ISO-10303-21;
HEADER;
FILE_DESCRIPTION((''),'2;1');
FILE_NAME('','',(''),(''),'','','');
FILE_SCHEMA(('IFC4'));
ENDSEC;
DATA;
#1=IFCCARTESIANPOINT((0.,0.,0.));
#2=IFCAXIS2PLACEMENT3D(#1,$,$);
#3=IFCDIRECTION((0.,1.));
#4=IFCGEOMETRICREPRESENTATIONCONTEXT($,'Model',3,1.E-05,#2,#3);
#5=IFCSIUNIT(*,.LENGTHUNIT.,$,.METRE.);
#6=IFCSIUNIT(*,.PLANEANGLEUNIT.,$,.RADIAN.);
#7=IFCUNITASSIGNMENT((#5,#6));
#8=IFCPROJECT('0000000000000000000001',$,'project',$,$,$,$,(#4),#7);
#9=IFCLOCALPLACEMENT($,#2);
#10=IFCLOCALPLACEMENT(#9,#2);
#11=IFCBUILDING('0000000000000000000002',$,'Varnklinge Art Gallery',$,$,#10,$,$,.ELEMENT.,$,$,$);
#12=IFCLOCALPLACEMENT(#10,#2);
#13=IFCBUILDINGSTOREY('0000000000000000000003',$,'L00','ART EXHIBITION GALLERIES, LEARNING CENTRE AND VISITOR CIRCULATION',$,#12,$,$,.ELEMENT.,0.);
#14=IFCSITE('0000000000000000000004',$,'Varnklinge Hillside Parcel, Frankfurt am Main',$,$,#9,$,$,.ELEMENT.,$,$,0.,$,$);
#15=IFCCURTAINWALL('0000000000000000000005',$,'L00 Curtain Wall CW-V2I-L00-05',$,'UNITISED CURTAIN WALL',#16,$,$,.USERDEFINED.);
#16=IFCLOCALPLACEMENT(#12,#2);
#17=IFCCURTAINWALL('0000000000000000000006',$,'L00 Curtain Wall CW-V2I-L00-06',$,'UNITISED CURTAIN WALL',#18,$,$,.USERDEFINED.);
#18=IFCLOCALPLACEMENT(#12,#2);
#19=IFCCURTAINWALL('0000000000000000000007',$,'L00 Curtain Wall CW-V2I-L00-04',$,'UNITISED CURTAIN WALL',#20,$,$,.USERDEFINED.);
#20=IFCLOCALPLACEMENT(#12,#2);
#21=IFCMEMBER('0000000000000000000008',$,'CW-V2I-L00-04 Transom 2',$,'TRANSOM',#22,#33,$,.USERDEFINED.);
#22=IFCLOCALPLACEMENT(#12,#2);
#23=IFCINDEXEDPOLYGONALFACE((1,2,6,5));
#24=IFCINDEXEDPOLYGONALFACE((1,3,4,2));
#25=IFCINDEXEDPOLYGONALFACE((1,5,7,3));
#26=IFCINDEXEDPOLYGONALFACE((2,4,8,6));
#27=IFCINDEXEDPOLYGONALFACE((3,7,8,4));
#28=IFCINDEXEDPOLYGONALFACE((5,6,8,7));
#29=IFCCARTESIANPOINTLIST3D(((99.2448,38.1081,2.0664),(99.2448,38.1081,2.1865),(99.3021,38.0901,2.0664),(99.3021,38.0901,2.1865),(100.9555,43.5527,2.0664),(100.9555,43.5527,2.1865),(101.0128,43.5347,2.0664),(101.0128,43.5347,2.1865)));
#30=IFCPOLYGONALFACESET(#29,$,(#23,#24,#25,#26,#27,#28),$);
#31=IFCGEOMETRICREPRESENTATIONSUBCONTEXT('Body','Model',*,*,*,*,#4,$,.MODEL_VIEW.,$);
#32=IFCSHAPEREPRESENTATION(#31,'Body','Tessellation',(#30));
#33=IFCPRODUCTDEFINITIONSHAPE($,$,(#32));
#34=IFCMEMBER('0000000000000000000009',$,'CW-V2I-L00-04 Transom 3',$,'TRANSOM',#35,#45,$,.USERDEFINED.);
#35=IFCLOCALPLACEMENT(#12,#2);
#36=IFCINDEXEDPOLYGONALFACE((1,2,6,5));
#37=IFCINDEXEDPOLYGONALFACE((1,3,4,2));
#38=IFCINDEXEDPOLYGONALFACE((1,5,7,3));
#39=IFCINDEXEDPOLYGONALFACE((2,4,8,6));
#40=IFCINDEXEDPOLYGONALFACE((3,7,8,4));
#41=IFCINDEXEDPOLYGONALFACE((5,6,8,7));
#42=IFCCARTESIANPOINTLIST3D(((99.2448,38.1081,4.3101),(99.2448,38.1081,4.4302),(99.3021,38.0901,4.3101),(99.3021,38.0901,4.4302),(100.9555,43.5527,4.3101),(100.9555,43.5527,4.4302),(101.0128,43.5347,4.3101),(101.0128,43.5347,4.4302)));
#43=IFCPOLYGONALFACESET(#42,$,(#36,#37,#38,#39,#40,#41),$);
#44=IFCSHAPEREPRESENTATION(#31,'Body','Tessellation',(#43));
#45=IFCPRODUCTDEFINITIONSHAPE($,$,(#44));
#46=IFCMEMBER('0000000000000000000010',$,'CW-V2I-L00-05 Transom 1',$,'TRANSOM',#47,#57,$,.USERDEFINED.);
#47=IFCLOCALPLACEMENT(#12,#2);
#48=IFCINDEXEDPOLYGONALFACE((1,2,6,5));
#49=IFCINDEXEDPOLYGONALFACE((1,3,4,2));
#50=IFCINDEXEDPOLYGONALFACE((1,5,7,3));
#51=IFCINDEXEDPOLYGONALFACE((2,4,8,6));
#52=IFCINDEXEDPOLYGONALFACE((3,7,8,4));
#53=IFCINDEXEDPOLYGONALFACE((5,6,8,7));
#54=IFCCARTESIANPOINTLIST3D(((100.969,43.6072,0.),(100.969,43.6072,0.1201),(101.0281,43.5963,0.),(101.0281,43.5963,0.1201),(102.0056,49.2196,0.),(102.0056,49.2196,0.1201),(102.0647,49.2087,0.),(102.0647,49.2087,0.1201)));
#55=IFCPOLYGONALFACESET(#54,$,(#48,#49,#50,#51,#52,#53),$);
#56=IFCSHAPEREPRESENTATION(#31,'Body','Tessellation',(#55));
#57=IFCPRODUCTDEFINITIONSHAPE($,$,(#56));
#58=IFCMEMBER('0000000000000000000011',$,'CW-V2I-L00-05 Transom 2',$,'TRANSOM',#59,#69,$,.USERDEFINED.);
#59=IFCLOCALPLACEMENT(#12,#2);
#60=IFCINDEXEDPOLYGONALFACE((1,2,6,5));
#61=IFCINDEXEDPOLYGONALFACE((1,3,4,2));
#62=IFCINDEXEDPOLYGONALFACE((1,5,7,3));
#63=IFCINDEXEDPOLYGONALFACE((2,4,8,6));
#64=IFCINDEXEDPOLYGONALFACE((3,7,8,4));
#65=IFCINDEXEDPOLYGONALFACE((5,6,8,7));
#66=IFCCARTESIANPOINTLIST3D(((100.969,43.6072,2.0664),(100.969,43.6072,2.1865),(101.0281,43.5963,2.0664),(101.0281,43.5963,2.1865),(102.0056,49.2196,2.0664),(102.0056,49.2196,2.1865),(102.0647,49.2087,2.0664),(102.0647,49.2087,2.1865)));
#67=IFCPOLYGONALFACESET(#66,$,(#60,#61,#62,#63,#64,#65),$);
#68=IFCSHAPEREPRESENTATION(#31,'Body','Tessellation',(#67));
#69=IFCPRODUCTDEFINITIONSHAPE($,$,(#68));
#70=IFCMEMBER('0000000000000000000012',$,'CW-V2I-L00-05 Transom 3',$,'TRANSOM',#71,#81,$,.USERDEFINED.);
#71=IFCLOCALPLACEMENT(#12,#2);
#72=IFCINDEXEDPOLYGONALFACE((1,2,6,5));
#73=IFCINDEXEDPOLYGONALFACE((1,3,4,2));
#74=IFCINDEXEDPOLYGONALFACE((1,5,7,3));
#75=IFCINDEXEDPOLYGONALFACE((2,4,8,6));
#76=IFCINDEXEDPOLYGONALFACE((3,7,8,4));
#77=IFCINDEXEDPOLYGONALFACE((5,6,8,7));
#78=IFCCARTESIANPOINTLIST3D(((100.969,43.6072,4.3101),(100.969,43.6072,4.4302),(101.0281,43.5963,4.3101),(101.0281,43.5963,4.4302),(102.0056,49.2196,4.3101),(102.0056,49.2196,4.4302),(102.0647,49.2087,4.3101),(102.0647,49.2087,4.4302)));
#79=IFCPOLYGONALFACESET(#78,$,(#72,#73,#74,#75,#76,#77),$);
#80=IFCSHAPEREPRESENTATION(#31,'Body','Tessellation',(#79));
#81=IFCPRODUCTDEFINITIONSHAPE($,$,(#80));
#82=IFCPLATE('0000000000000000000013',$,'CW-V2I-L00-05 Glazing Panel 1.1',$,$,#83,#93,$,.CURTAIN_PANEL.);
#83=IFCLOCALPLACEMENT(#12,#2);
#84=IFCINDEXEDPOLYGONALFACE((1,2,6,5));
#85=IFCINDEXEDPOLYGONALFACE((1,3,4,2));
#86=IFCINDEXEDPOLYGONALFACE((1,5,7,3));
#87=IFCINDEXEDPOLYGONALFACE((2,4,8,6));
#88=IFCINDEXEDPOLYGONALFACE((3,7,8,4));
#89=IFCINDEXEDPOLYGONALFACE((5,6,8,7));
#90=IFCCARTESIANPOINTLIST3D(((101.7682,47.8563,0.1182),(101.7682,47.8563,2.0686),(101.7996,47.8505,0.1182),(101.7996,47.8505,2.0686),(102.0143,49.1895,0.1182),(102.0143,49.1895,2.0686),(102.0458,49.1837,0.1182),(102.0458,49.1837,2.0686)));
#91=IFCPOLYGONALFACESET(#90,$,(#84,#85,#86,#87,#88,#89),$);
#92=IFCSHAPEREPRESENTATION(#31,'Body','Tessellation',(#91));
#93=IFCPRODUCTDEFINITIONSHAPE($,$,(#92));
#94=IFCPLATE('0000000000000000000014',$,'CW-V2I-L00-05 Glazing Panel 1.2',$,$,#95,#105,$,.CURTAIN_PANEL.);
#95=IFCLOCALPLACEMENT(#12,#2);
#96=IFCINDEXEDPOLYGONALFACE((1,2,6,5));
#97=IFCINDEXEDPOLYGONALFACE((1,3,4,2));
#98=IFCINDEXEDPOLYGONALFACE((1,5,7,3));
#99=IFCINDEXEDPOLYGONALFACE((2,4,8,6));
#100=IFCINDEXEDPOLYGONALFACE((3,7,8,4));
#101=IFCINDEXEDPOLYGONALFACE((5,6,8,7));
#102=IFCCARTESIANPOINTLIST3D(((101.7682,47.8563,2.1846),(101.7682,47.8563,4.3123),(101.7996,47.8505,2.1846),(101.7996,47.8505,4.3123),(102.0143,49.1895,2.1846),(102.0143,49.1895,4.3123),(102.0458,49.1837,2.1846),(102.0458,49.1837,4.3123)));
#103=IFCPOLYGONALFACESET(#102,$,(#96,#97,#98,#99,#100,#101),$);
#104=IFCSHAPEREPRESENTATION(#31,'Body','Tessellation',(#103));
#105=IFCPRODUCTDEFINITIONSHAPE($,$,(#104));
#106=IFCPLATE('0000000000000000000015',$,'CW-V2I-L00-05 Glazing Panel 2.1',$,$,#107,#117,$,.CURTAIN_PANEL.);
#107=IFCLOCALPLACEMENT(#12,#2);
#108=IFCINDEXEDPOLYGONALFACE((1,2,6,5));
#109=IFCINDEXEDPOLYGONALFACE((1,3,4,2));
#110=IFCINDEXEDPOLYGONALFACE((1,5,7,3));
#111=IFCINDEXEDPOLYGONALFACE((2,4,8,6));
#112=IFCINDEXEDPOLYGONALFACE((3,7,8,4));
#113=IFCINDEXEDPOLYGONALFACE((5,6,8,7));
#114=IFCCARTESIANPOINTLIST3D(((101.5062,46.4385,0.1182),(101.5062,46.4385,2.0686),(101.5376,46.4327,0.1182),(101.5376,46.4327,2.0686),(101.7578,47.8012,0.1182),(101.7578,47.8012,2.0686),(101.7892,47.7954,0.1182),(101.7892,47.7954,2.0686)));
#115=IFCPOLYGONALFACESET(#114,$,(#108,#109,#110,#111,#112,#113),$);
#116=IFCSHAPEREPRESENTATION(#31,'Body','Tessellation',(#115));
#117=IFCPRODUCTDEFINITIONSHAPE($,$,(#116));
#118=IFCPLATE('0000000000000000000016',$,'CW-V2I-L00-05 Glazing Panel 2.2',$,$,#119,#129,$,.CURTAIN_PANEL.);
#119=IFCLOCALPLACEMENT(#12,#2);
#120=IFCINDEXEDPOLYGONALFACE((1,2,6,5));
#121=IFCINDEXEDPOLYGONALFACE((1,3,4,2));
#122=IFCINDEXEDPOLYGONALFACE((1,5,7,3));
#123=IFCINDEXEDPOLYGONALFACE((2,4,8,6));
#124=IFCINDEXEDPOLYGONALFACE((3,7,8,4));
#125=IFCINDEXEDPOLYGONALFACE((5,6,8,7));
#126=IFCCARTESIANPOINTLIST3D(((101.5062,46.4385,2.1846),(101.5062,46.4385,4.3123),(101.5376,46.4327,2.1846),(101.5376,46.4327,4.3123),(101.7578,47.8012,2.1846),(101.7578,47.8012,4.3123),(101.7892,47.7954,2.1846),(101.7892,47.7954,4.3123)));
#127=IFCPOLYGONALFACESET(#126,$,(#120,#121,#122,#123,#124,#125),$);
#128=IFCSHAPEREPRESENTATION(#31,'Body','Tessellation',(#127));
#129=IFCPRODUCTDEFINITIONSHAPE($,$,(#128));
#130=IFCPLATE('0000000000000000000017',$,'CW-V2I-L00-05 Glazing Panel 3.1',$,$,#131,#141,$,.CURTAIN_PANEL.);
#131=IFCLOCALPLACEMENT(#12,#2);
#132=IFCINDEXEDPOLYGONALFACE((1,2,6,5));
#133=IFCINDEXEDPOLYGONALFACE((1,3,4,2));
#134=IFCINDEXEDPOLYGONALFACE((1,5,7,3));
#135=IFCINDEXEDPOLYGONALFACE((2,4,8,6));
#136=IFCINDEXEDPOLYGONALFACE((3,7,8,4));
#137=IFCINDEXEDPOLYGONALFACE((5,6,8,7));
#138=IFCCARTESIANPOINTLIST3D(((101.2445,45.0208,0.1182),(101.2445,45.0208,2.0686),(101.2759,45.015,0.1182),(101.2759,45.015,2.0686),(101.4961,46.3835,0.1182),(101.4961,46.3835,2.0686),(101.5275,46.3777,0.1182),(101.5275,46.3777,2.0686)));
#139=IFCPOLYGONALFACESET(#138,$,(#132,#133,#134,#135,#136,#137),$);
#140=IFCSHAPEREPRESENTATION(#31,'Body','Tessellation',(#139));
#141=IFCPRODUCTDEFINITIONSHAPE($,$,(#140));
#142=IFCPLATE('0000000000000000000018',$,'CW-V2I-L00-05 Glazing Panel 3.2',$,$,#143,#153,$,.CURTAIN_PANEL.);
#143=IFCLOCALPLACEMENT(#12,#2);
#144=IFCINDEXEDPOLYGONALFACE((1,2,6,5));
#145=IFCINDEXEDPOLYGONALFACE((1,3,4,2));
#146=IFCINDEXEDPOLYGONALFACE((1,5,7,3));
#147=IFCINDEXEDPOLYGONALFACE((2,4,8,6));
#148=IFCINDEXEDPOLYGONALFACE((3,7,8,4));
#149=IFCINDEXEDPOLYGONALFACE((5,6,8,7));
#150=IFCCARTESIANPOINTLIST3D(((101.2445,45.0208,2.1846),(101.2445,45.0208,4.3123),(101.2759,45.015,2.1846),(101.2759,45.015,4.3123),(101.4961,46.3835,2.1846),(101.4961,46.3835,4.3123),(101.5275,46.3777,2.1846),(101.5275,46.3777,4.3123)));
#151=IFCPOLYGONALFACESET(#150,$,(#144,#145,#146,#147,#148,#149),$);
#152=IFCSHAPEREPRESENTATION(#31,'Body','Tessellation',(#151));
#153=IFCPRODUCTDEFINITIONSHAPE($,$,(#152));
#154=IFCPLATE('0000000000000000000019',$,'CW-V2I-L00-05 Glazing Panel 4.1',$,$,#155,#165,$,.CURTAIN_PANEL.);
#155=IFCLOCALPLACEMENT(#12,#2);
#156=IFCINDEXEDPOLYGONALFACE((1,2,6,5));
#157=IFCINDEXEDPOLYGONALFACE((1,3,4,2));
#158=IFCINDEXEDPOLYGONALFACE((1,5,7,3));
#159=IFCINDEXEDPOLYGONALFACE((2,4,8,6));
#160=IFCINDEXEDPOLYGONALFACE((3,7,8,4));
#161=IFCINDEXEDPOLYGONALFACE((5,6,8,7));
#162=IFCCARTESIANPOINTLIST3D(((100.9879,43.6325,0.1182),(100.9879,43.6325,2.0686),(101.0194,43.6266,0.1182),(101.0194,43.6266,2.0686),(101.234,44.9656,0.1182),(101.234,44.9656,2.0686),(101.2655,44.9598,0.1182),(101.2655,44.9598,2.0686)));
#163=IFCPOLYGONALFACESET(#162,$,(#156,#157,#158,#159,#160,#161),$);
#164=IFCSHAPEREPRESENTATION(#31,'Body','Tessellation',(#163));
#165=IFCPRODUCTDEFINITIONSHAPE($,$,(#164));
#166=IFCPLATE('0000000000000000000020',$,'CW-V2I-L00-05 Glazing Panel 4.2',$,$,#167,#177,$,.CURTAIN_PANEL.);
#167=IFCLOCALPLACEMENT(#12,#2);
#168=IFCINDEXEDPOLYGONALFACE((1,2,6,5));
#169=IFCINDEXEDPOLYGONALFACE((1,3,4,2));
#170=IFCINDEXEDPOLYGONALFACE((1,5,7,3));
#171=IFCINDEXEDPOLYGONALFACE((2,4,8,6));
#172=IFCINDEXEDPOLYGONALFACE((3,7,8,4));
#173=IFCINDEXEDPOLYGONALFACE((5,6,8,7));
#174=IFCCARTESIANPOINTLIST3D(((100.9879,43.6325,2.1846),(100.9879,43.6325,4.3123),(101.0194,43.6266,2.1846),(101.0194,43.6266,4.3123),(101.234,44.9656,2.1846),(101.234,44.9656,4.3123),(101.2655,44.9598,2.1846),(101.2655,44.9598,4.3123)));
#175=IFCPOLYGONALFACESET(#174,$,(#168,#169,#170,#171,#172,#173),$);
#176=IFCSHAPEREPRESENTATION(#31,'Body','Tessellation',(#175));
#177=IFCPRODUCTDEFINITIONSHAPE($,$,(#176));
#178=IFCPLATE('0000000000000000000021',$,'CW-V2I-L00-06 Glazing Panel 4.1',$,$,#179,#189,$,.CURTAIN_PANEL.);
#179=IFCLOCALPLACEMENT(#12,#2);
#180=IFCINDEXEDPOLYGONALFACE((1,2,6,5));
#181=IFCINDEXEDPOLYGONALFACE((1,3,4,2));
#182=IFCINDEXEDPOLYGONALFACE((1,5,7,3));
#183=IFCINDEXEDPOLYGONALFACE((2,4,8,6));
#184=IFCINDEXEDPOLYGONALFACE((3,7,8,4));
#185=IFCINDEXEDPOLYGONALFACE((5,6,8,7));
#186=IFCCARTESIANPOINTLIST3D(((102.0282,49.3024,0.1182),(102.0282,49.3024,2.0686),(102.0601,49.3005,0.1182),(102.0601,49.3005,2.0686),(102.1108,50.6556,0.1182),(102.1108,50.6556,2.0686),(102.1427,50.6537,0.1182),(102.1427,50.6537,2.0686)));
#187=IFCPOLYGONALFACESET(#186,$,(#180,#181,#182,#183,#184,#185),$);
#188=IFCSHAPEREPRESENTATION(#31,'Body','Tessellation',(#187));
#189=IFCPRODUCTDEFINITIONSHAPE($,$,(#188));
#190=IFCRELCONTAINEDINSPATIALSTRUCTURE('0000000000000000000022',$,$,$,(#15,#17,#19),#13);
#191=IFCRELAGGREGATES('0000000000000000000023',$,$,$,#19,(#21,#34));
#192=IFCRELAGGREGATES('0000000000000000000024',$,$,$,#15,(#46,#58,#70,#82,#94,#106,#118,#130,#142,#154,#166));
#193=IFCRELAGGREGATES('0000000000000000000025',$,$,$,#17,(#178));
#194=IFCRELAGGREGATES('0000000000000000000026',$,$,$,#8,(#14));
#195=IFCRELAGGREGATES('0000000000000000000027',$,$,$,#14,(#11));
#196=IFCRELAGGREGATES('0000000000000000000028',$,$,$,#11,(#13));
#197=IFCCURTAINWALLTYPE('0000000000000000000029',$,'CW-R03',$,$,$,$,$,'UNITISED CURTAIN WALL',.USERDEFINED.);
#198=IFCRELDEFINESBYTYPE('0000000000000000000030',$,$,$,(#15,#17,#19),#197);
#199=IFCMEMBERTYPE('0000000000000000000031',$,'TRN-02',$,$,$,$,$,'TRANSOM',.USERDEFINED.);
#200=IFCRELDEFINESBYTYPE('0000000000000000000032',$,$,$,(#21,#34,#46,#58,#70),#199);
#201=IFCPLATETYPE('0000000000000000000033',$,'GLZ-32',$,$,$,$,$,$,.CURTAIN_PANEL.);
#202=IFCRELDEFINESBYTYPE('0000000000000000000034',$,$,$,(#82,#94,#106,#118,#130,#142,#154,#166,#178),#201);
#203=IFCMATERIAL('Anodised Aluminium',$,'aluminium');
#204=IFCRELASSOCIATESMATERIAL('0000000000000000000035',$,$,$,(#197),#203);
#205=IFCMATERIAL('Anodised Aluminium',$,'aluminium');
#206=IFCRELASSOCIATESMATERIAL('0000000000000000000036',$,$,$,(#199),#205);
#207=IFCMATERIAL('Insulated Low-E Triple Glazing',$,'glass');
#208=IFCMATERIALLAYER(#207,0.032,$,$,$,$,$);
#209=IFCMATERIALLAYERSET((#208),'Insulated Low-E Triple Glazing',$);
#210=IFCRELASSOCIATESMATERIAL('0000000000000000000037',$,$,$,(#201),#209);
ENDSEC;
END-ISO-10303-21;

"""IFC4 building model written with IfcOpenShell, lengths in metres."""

from ifc_helpers import new_model, si_unit, direction, frame, origin, origin_2d, place, context, subcontext, project, spatial, rectangle, extrude, material, layer, layer_set, material_profile, profile_set, type_object, element, aggregate, save


model = new_model("IFC4")

# Units and contexts
model_context = context("Model", 3, precision=1e-05, world=origin(), true_north=direction((0.0, 1.0)))
body_context = subcontext(model_context, "Body", "Model", "MODEL_VIEW")
ifc_project = project(units=[si_unit("LENGTHUNIT", "METRE"), si_unit("PLANEANGLEUNIT", "RADIAN")], contexts=[model_context])

# Site, building, storey
site_placement = place(None, origin())
site = spatial("IfcSite", under=ifc_project, at=site_placement, Name="Varnklinge Hillside Parcel, Frankfurt am Main", CompositionType="ELEMENT", RefElevation=0.0)
building_placement = place(site_placement, origin())
building = spatial("IfcBuilding", under=site, at=building_placement, Name="Varnklinge Art Gallery", CompositionType="ELEMENT")
storey_placement = place(building_placement, origin())
storey = spatial("IfcBuildingStorey", under=building, at=storey_placement, Name="L00", Description="ART EXHIBITION GALLERIES, LEARNING CENTRE AND VISITOR CIRCULATION", CompositionType="ELEMENT", Elevation=0.0)

# Curtain wall
ifc_material_1 = material(Name="Anodised Aluminium", Category="aluminium")
curtain_wall_type = type_object("IfcCurtainWallType", Name="CW-R03", ElementType="UNITISED CURTAIN WALL", PredefinedType="USERDEFINED", material=ifc_material_1)
curtain_wall_1_placement = place(storey_placement, origin())
curtain_wall_1 = element("IfcCurtainWall", 1, at=curtain_wall_1_placement, inside=storey, type_object=curtain_wall_type, Name="L00 Curtain Wall CW-V2I-L00-05", ObjectType="UNITISED CURTAIN WALL", PredefinedType="USERDEFINED")

# Curtain wall
curtain_wall_2_placement = place(storey_placement, origin())
curtain_wall_2 = element("IfcCurtainWall", 2, at=curtain_wall_2_placement, inside=storey, type_object=curtain_wall_type, Name="L00 Curtain Wall CW-V2I-L00-06", ObjectType="UNITISED CURTAIN WALL", PredefinedType="USERDEFINED")

# Curtain wall, members
curtain_wall_3_placement = place(storey_placement, origin())
curtain_wall_3 = element("IfcCurtainWall", 3, at=curtain_wall_3_placement, inside=storey, type_object=curtain_wall_type, Name="L00 Curtain Wall CW-V2I-L00-04", ObjectType="UNITISED CURTAIN WALL", PredefinedType="USERDEFINED")
ifc_material_2 = material(Name="Anodised Aluminium", Category="aluminium")
ifc_material_profile_1 = material_profile(ifc_material_2, rectangle(XDim=0.0601, YDim=0.1201, at=origin_2d()), Name="ALU 60x120")
ifc_profile_set_1 = profile_set([ifc_material_profile_1], Name="Anodised Aluminium")
member_type_1 = type_object("IfcMemberType", Name="TRN-02", ElementType="TRANSOM", PredefinedType="USERDEFINED", material=ifc_profile_set_1)
member_1_placement = place(storey_placement, frame((100.9841, 43.5437, 2.1265), z_axis=(-0.299753, -0.954017, 0.0), x_axis=(0.954017, -0.299753, 0.0)))
member_1 = element("IfcMember", 4, at=member_1_placement, type_object=member_type_1, Name="CW-V2I-L00-04 Transom 2", ObjectType="TRANSOM", PredefinedType="USERDEFINED", context=body_context, shape_type="SweptSolid", body=[
    extrude(rectangle(XDim=0.0601, YDim=0.1201, at=origin_2d()), origin(), (0.0, 0.0, 1.0), 5.707),
])
member_2_placement = place(storey_placement, frame((100.9841, 43.5437, 4.3701), z_axis=(-0.299753, -0.954017, 0.0), x_axis=(0.954017, -0.299753, 0.0)))
member_2 = element("IfcMember", 5, at=member_2_placement, type_object=member_type_1, Name="CW-V2I-L00-04 Transom 3", ObjectType="TRANSOM", PredefinedType="USERDEFINED", context=body_context, shape_type="SweptSolid", body=[
    extrude(rectangle(XDim=0.0601, YDim=0.1201, at=origin_2d()), origin(), (0.0, 0.0, 1.0), 5.707),
])
aggregate(curtain_wall_3, [member_1, member_2])

# Members
member_3_placement = place(storey_placement, frame((102.0352, 49.2141, 0.0601), z_axis=(-0.181633, -0.983366, 0.0), x_axis=(0.983366, -0.181633, 0.0)))
member_3 = element("IfcMember", 6, at=member_3_placement, type_object=member_type_1, Name="CW-V2I-L00-05 Transom 1", ObjectType="TRANSOM", PredefinedType="USERDEFINED", context=body_context, shape_type="SweptSolid", body=[
    extrude(rectangle(XDim=0.0601, YDim=0.1201, at=origin_2d()), origin(), (0.0, 0.0, 1.0), 5.7073),
])
member_4_placement = place(storey_placement, frame((102.0352, 49.2141, 2.1265), z_axis=(-0.181633, -0.983366, 0.0), x_axis=(0.983366, -0.181633, 0.0)))
member_4 = element("IfcMember", 7, at=member_4_placement, type_object=member_type_1, Name="CW-V2I-L00-05 Transom 2", ObjectType="TRANSOM", PredefinedType="USERDEFINED", context=body_context, shape_type="SweptSolid", body=[
    extrude(rectangle(XDim=0.0601, YDim=0.1201, at=origin_2d()), origin(), (0.0, 0.0, 1.0), 5.7073),
])
member_5_placement = place(storey_placement, frame((102.0352, 49.2141, 4.3701), z_axis=(-0.181633, -0.983366, 0.0), x_axis=(0.983366, -0.181633, 0.0)))
member_5 = element("IfcMember", 8, at=member_5_placement, type_object=member_type_1, Name="CW-V2I-L00-05 Transom 3", ObjectType="TRANSOM", PredefinedType="USERDEFINED", context=body_context, shape_type="SweptSolid", body=[
    extrude(rectangle(XDim=0.0601, YDim=0.1201, at=origin_2d()), origin(), (0.0, 0.0, 1.0), 5.7073),
])

# Plates
ifc_material_3 = material(Name="Insulated Low-E Triple Glazing", Category="glass")
ifc_layer = layer(ifc_material_3, 0.032)
ifc_layer_set = layer_set([ifc_layer], Name="Insulated Low-E Triple Glazing")
plate_type = type_object("IfcPlateType", Name="GLZ-32", PredefinedType="CURTAIN_PANEL", material=ifc_layer_set)
plate_1_placement = place(storey_placement, frame((101.907, 48.52, 0.1182), z_axis=(0.0, 0.0, 1.0), x_axis=(-0.181549, -0.983382, 0.0)))
plate_1 = element("IfcPlate", 9, at=plate_1_placement, type_object=plate_type, Name="CW-V2I-L00-05 Glazing Panel 1.1", PredefinedType="CURTAIN_PANEL", context=body_context, shape_type="SweptSolid", body=[
    extrude(rectangle(XDim=1.3557, YDim=0.032, at=origin_2d()), origin(), (0.0, 0.0, 1.0), 1.9504),
])
plate_2_placement = place(storey_placement, frame((101.907, 48.52, 2.1846), z_axis=(0.0, 0.0, 1.0), x_axis=(-0.181549, -0.983382, 0.0)))
plate_2 = element("IfcPlate", 10, at=plate_2_placement, type_object=plate_type, Name="CW-V2I-L00-05 Glazing Panel 1.2", PredefinedType="CURTAIN_PANEL", context=body_context, shape_type="SweptSolid", body=[
    extrude(rectangle(XDim=1.3557, YDim=0.032, at=origin_2d()), origin(), (0.0, 0.0, 1.0), 2.1277),
])
plate_3_placement = place(storey_placement, frame((101.6477, 47.1169, 0.1182), z_axis=(0.0, 0.0, 1.0), x_axis=(-0.181549, -0.983382, 0.0)))
plate_3 = element("IfcPlate", 11, at=plate_3_placement, type_object=plate_type, Name="CW-V2I-L00-05 Glazing Panel 2.1", PredefinedType="CURTAIN_PANEL", context=body_context, shape_type="SweptSolid", body=[
    extrude(rectangle(XDim=1.3857, YDim=0.032, at=origin_2d()), origin(), (0.0, 0.0, 1.0), 1.9504),
])
plate_4_placement = place(storey_placement, frame((101.6477, 47.1169, 2.1846), z_axis=(0.0, 0.0, 1.0), x_axis=(-0.181549, -0.983382, 0.0)))
plate_4 = element("IfcPlate", 12, at=plate_4_placement, type_object=plate_type, Name="CW-V2I-L00-05 Glazing Panel 2.2", PredefinedType="CURTAIN_PANEL", context=body_context, shape_type="SweptSolid", body=[
    extrude(rectangle(XDim=1.3857, YDim=0.032, at=origin_2d()), origin(), (0.0, 0.0, 1.0), 2.1277),
])
plate_5_placement = place(storey_placement, frame((101.386, 45.6992, 0.1182), z_axis=(0.0, 0.0, 1.0), x_axis=(-0.181549, -0.983382, 0.0)))
plate_5 = element("IfcPlate", 13, at=plate_5_placement, type_object=plate_type, Name="CW-V2I-L00-05 Glazing Panel 3.1", PredefinedType="CURTAIN_PANEL", context=body_context, shape_type="SweptSolid", body=[
    extrude(rectangle(XDim=1.3857, YDim=0.032, at=origin_2d()), origin(), (0.0, 0.0, 1.0), 1.9504),
])
plate_6_placement = place(storey_placement, frame((101.386, 45.6992, 2.1846), z_axis=(0.0, 0.0, 1.0), x_axis=(-0.181549, -0.983382, 0.0)))
plate_6 = element("IfcPlate", 14, at=plate_6_placement, type_object=plate_type, Name="CW-V2I-L00-05 Glazing Panel 3.2", PredefinedType="CURTAIN_PANEL", context=body_context, shape_type="SweptSolid", body=[
    extrude(rectangle(XDim=1.3857, YDim=0.032, at=origin_2d()), origin(), (0.0, 0.0, 1.0), 2.1277),
])
plate_7_placement = place(storey_placement, frame((101.1267, 44.2961, 0.1182), z_axis=(0.0, 0.0, 1.0), x_axis=(-0.181549, -0.983382, 0.0)))
plate_7 = element("IfcPlate", 15, at=plate_7_placement, type_object=plate_type, Name="CW-V2I-L00-05 Glazing Panel 4.1", PredefinedType="CURTAIN_PANEL", context=body_context, shape_type="SweptSolid", body=[
    extrude(rectangle(XDim=1.3557, YDim=0.032, at=origin_2d()), origin(), (0.0, 0.0, 1.0), 1.9504),
])
plate_8_placement = place(storey_placement, frame((101.1267, 44.2961, 2.1846), z_axis=(0.0, 0.0, 1.0), x_axis=(-0.181549, -0.983382, 0.0)))
plate_8 = element("IfcPlate", 16, at=plate_8_placement, type_object=plate_type, Name="CW-V2I-L00-05 Glazing Panel 4.2", PredefinedType="CURTAIN_PANEL", context=body_context, shape_type="SweptSolid", body=[
    extrude(rectangle(XDim=1.3557, YDim=0.032, at=origin_2d()), origin(), (0.0, 0.0, 1.0), 2.1277),
])
aggregate(curtain_wall_1, [member_3, member_4, member_5, plate_1, plate_2, plate_3, plate_4, plate_5, plate_6, plate_7, plate_8])
plate_9_placement = place(storey_placement, frame((102.0854, 49.978, 0.1182), z_axis=(0.0, 0.0, 1.0), x_axis=(-0.060874, -0.998145, 0.0)))
plate_9 = element("IfcPlate", 17, at=plate_9_placement, type_object=plate_type, Name="CW-V2I-L00-06 Glazing Panel 4.1", PredefinedType="CURTAIN_PANEL", context=body_context, shape_type="SweptSolid", body=[
    extrude(rectangle(XDim=1.3557, YDim=0.032, at=origin_2d()), origin(), (0.0, 0.0, 1.0), 1.9504),
])
aggregate(curtain_wall_2, [plate_9])

save(model, "model.ifc")
